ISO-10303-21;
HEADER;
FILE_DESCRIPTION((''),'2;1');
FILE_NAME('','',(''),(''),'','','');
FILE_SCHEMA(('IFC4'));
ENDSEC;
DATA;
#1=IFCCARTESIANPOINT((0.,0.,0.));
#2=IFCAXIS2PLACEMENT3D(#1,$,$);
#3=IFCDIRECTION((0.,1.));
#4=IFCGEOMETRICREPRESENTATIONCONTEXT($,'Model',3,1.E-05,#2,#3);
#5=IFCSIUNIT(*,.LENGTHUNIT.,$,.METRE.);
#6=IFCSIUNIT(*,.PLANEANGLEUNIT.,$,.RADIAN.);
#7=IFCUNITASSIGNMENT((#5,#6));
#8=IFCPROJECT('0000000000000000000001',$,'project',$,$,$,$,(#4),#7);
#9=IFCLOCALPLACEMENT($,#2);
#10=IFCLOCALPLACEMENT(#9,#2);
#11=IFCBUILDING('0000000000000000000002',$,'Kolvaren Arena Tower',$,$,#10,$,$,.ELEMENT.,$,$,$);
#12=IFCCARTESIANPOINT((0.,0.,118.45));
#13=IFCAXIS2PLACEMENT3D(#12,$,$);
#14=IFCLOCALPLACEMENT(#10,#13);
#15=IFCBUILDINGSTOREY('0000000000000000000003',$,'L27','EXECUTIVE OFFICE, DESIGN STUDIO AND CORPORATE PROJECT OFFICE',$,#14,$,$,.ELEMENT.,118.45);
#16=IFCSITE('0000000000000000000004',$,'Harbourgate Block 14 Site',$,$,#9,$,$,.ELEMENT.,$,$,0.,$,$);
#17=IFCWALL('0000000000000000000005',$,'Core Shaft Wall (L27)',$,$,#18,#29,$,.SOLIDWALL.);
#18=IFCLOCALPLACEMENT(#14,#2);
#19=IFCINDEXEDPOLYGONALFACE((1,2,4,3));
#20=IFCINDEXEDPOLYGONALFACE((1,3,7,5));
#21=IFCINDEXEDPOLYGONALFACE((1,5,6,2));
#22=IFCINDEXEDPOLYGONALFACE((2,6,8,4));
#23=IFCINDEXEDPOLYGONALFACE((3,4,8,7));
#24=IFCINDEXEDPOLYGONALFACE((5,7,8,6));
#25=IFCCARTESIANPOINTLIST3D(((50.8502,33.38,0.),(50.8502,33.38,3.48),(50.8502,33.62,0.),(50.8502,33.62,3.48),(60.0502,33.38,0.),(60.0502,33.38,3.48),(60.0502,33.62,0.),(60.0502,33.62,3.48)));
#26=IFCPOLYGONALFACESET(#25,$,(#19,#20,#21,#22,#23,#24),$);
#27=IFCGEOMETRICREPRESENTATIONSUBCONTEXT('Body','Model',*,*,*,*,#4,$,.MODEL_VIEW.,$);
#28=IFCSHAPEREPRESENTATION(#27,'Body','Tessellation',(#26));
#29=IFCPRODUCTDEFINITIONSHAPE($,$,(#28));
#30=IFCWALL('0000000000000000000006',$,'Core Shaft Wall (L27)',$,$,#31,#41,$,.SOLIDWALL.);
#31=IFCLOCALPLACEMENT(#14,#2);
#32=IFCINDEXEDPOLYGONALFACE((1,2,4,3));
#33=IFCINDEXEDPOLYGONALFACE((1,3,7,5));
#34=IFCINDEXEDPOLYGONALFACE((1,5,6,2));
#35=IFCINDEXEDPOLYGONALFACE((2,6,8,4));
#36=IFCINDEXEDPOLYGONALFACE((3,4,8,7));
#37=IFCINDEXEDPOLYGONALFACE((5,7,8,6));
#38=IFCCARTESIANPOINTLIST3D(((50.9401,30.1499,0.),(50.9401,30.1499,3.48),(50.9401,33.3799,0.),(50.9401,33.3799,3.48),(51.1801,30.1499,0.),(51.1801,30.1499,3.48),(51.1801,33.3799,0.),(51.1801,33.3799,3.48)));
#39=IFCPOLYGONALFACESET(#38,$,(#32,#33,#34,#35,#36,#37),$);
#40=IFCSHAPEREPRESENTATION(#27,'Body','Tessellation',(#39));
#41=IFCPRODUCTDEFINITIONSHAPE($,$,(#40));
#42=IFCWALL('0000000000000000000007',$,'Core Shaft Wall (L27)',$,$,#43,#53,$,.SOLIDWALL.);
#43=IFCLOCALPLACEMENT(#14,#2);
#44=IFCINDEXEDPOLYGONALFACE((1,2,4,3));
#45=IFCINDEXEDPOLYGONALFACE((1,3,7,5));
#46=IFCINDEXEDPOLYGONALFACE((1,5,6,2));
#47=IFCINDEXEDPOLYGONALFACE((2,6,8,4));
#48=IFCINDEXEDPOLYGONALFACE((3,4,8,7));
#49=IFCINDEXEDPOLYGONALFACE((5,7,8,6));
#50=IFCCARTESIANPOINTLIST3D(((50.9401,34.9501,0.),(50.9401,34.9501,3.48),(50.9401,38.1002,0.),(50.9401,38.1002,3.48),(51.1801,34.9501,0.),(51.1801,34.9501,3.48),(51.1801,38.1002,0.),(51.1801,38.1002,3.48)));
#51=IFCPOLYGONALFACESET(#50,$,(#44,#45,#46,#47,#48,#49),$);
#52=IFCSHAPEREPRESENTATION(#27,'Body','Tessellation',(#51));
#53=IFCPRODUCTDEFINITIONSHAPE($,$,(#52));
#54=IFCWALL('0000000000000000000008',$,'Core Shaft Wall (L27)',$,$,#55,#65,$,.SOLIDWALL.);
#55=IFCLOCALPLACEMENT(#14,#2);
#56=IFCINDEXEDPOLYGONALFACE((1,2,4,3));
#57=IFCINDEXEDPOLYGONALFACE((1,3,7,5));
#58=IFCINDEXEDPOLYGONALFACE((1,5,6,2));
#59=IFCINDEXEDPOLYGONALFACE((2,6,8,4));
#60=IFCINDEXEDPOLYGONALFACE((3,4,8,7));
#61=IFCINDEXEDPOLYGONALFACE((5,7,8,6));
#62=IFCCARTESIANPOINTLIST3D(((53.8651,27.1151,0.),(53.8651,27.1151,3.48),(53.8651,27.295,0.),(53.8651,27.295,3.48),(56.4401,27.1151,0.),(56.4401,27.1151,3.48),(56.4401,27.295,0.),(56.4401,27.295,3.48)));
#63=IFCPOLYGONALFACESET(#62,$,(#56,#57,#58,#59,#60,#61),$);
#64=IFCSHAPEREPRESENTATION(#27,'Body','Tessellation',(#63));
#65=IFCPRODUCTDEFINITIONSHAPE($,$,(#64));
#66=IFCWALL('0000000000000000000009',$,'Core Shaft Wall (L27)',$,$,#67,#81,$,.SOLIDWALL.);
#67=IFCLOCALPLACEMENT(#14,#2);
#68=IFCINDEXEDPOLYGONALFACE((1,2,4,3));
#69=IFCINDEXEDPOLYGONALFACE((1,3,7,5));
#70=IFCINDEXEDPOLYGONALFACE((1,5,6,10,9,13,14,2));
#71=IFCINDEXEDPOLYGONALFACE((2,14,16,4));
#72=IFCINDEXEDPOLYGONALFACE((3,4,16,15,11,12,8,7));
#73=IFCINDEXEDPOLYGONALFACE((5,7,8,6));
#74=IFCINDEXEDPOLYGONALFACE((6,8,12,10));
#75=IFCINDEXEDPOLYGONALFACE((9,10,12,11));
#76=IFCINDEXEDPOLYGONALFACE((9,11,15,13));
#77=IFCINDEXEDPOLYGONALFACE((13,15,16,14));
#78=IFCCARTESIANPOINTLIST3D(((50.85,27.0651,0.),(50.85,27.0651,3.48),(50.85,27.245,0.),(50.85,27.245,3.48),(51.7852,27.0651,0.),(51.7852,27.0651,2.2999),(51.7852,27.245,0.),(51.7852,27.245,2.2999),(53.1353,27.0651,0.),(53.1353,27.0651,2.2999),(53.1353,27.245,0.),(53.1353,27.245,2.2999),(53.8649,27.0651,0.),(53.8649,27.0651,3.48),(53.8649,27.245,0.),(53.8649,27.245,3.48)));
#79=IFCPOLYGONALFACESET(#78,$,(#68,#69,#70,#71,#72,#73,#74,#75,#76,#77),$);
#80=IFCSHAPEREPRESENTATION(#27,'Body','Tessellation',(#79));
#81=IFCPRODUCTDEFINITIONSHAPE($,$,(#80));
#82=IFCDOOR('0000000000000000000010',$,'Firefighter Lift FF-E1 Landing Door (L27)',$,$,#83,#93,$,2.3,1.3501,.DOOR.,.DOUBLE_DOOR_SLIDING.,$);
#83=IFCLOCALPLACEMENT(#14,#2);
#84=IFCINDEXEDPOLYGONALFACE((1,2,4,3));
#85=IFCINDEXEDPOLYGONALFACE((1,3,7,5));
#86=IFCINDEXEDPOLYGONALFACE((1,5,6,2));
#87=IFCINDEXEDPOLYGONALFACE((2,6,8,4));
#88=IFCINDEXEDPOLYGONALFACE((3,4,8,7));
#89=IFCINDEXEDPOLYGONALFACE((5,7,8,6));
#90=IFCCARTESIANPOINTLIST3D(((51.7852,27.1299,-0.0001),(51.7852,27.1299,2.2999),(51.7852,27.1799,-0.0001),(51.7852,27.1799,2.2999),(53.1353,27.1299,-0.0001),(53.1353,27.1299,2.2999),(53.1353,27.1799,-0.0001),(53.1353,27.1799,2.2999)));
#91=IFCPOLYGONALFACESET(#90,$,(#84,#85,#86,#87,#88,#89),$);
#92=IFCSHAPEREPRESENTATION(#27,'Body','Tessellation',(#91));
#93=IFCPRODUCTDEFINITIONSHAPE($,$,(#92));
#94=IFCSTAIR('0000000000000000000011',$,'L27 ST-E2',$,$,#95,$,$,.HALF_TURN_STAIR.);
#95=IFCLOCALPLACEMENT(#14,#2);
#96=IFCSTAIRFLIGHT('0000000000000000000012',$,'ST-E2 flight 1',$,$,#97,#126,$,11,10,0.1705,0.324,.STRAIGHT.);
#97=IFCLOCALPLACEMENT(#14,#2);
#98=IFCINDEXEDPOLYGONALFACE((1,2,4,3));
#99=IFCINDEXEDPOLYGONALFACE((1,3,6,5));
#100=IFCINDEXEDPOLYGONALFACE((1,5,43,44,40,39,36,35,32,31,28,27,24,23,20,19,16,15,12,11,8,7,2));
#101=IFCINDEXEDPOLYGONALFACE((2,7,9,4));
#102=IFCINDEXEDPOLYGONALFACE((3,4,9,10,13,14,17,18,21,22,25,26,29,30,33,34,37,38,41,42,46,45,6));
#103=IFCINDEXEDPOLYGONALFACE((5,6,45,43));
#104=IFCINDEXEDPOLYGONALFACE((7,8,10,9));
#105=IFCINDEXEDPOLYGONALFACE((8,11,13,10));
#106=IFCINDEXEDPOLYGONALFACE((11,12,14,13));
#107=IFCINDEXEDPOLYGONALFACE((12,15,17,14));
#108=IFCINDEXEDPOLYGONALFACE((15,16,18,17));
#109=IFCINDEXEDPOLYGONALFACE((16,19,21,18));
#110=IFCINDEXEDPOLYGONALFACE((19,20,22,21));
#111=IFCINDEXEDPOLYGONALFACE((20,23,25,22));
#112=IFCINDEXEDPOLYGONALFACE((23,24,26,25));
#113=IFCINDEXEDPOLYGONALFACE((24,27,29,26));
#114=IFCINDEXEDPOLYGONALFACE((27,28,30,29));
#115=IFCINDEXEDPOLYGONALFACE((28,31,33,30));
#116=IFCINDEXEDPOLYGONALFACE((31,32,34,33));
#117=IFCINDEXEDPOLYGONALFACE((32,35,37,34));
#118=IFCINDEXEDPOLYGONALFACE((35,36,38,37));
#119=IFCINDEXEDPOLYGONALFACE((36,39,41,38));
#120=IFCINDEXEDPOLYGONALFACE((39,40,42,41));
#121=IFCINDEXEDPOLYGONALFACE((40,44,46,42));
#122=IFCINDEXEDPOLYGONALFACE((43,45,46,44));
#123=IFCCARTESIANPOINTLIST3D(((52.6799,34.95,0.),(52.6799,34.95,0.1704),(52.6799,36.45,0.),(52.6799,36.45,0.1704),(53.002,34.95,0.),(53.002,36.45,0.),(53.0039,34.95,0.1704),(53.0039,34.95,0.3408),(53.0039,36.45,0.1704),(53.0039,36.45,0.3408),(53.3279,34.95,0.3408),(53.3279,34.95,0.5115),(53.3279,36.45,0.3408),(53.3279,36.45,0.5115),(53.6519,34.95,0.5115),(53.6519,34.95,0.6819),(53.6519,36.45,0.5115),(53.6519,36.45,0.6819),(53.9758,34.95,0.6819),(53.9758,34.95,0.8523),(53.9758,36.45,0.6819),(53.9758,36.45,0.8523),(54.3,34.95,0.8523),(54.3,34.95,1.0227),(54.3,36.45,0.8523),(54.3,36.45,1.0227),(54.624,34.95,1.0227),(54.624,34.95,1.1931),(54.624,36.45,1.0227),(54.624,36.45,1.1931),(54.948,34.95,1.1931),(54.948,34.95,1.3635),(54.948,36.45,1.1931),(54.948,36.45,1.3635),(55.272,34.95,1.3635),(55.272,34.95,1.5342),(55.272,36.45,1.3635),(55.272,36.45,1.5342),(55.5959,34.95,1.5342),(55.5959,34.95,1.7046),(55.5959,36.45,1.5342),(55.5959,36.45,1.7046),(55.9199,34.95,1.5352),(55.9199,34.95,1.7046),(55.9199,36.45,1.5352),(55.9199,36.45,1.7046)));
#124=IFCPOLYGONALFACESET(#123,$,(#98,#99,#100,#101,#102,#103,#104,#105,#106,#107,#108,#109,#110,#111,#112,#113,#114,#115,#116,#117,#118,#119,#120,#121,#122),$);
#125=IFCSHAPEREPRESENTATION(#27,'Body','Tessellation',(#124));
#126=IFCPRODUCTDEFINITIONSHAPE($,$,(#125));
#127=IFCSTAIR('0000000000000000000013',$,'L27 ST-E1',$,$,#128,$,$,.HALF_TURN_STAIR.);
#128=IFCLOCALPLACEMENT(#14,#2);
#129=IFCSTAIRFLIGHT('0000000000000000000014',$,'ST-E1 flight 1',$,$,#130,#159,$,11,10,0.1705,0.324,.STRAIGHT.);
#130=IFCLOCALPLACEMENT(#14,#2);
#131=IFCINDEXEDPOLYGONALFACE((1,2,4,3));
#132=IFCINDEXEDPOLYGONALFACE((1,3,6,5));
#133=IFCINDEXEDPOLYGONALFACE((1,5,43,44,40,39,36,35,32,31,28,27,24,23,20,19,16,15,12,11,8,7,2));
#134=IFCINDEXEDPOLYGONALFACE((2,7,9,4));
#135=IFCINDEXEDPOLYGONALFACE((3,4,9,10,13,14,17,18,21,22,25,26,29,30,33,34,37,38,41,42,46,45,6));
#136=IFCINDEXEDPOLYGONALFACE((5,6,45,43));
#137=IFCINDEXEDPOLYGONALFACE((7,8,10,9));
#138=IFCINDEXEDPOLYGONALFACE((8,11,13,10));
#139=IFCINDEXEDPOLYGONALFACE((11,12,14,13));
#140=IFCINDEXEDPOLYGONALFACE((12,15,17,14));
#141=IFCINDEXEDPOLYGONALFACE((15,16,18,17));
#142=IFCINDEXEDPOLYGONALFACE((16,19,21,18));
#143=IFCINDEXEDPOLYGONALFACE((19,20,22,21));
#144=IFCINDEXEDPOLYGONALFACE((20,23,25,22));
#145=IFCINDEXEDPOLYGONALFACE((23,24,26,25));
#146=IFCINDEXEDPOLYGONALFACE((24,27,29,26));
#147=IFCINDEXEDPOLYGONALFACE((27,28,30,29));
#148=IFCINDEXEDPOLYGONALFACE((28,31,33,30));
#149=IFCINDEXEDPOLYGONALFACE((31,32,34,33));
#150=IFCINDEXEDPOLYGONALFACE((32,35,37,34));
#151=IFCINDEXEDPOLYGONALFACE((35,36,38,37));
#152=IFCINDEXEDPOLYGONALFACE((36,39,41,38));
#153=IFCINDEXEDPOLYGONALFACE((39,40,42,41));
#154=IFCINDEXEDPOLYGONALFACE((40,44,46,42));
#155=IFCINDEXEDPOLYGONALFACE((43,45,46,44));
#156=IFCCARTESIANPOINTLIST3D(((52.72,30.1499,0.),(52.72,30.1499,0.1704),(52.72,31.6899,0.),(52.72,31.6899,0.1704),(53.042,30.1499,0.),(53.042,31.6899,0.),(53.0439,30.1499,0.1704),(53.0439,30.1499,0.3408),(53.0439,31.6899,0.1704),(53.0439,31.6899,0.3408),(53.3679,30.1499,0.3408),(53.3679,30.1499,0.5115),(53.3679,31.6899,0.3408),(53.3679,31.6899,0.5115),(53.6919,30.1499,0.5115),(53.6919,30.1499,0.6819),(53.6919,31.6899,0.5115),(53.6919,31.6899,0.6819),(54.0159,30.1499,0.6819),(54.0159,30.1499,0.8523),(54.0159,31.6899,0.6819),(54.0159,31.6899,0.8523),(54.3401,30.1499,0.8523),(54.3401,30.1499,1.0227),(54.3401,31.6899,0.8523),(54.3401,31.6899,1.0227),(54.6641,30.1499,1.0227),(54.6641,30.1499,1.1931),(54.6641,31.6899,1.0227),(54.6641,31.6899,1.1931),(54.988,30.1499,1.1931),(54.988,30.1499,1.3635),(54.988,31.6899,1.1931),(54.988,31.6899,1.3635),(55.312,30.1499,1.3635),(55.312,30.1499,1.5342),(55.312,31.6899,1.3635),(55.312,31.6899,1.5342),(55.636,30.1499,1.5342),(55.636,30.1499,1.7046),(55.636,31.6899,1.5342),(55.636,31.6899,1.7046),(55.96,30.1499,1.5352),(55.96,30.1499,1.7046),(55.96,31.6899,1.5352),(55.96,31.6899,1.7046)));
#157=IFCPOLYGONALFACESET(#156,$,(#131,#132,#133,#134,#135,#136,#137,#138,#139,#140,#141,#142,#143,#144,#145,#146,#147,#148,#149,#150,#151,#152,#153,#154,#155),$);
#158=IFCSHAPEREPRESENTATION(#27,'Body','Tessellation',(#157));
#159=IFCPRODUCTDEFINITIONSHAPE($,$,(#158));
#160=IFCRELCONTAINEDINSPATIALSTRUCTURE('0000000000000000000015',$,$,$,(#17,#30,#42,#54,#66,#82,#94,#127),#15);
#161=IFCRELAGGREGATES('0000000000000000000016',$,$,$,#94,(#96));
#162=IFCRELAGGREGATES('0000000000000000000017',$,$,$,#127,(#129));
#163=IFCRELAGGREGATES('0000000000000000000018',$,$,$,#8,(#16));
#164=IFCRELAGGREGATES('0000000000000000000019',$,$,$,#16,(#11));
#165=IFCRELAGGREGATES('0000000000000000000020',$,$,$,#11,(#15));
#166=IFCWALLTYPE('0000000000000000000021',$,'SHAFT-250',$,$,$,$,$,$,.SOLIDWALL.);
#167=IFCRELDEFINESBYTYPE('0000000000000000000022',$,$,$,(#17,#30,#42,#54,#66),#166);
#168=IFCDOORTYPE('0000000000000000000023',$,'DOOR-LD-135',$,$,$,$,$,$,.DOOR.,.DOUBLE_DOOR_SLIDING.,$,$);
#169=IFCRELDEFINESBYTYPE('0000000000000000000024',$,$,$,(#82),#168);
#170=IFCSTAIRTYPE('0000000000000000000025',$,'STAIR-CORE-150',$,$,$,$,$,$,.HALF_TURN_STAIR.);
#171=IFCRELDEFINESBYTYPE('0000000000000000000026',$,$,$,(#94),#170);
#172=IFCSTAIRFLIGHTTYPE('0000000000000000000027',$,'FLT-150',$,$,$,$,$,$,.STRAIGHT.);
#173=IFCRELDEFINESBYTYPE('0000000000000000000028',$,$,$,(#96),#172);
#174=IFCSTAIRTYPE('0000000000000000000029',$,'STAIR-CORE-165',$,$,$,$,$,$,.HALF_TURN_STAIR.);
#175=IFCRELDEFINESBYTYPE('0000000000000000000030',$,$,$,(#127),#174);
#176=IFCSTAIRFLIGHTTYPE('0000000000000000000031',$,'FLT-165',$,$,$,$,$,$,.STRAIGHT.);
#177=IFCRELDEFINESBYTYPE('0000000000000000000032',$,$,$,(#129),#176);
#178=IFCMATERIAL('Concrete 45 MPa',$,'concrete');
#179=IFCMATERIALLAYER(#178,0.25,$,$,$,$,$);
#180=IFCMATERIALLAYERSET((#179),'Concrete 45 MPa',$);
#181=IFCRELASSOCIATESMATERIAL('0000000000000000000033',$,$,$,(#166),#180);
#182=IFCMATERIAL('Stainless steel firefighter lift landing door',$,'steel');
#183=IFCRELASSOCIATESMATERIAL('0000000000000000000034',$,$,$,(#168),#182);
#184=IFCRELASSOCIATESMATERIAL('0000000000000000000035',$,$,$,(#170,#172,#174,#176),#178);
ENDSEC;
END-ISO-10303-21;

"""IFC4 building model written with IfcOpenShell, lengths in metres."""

from ifc_helpers import new_model, si_unit, direction, frame, frame_2d, origin, place, context, subcontext, project, spatial, polyline, rectangle, outline, extrude, material, layer, layer_set, type_object, element, fill, aggregate, save


model = new_model("IFC4")

# Units and contexts
model_context = context("Model", 3, precision=1e-05, world=origin(), true_north=direction((0.0, 1.0)))
body_context = subcontext(model_context, "Body", "Model", "MODEL_VIEW")
ifc_project = project(units=[si_unit("LENGTHUNIT", "METRE"), si_unit("PLANEANGLEUNIT", "RADIAN")], contexts=[model_context])

# Site, building, storey
site_placement = place(None, origin())
site = spatial("IfcSite", under=ifc_project, at=site_placement, Name="Harbourgate Block 14 Site", CompositionType="ELEMENT", RefElevation=0.0)
building_placement = place(site_placement, origin())
building = spatial("IfcBuilding", under=site, at=building_placement, Name="Kolvaren Arena Tower", CompositionType="ELEMENT")
storey_placement = place(building_placement, frame((0.0, 0.0, 118.45)))
storey = spatial("IfcBuildingStorey", under=building, at=storey_placement, Name="L27", Description="EXECUTIVE OFFICE, DESIGN STUDIO AND CORPORATE PROJECT OFFICE", CompositionType="ELEMENT", Elevation=118.45)

# Walls
ifc_material_1 = material(Name="Concrete 45 MPa", Category="concrete")
ifc_layer_1 = layer(ifc_material_1, 0.25)
ifc_layer_set_1 = layer_set([ifc_layer_1], Name="Concrete 45 MPa")
wall_type_1 = type_object("IfcWallType", Name="SHAFT-250", PredefinedType="SOLIDWALL", material=ifc_layer_set_1)
wall_1_placement = place(storey_placement, frame((50.8501, 33.5, 0.0), z_axis=(0.0, 0.0, 1.0), x_axis=(1.0, 0.0, 0.0)))
element("IfcWall", 1, at=wall_1_placement, inside=storey, type_object=wall_type_1, Name="Core Shaft Wall (L27)", PredefinedType="SOLIDWALL", context=body_context, shape_type="SweptSolid", body=[
    extrude(rectangle(XDim=9.2, YDim=0.24, at=frame_2d((4.6001, 0.0))), origin(), (0.0, 0.0, 1.0), 3.48),
])
wall_2_placement = place(storey_placement, frame((51.0601, 30.1499, 0.0), z_axis=(0.0, 0.0, 1.0), x_axis=(0.0, 1.0, 0.0)))
element("IfcWall", 2, at=wall_2_placement, inside=storey, type_object=wall_type_1, Name="Core Shaft Wall (L27)", PredefinedType="SOLIDWALL", context=body_context, shape_type="SweptSolid", body=[
    extrude(rectangle(XDim=3.23, YDim=0.24, at=frame_2d((1.615, 0.0))), origin(), (0.0, 0.0, 1.0), 3.48),
])
wall_3_placement = place(storey_placement, frame((51.0601, 34.95, 0.0), z_axis=(0.0, 0.0, 1.0), x_axis=(0.0, 1.0, 0.0)))
element("IfcWall", 3, at=wall_3_placement, inside=storey, type_object=wall_type_1, Name="Core Shaft Wall (L27)", PredefinedType="SOLIDWALL", context=body_context, shape_type="SweptSolid", body=[
    extrude(rectangle(XDim=3.1501, YDim=0.24, at=frame_2d((1.5752, 0.0))), origin(), (0.0, 0.0, 1.0), 3.48),
])
wall_4_placement = place(storey_placement, frame((53.865, 27.2051, 0.0), z_axis=(0.0, 0.0, 1.0), x_axis=(1.0, 0.0, 0.0)))
element("IfcWall", 4, at=wall_4_placement, inside=storey, type_object=wall_type_1, Name="Core Shaft Wall (L27)", PredefinedType="SOLIDWALL", context=body_context, shape_type="SweptSolid", body=[
    extrude(rectangle(XDim=2.575, YDim=0.1799, at=frame_2d((1.2876, 0.0))), origin(), (0.0, 0.0, 1.0), 3.48),
])

# Wall, opening, door
wall_5_placement = place(storey_placement, frame((50.8501, 27.155, 0.0), z_axis=(0.0, 0.0, 1.0), x_axis=(1.0, 0.0, 0.0)))
wall_5 = element("IfcWall", 5, at=wall_5_placement, inside=storey, type_object=wall_type_1, Name="Core Shaft Wall (L27)", PredefinedType="SOLIDWALL", context=body_context, shape_type="SweptSolid", body=[
    extrude(rectangle(XDim=3.0149, YDim=0.1799, at=frame_2d((1.5073, 0.0))), origin(), (0.0, 0.0, 1.0), 3.48),
])
opening_placement = place(wall_5_placement, frame((0.9351, 0.0, 0.0)))
opening = element("IfcOpeningElement", 6, at=opening_placement, cuts=wall_5, PredefinedType="OPENING", context=body_context, shape_type="SweptSolid", body=[
    extrude(rectangle(XDim=1.3501, YDim=2.3, at=frame_2d((0.675, 1.1499))), frame((0.0, 0.0999, 0.0), z_axis=(0.0, -1.0, 0.0), x_axis=(1.0, 0.0, 0.0)), (0.0, 0.0, 1.0), 0.2),
])
ifc_material_2 = material(Name="Stainless steel firefighter lift landing door", Category="steel")
door_type = type_object("IfcDoorType", Name="DOOR-LD-135", OperationType="DOUBLE_DOOR_SLIDING", PredefinedType="DOOR", material=ifc_material_2)
door_placement = place(opening_placement, origin())
door = element("IfcDoor", 7, at=door_placement, inside=storey, type_object=door_type, Name="Firefighter Lift FF-E1 Landing Door (L27)", OperationType="DOUBLE_DOOR_SLIDING", OverallHeight=2.3, OverallWidth=1.3501, PredefinedType="DOOR", context=body_context, shape_type="SweptSolid", body=[
    extrude(rectangle(XDim=1.3501, YDim=2.3, at=frame_2d((0.675, 1.1499))), frame((0.0, 0.0249, 0.0), z_axis=(0.0, -1.0, 0.0), x_axis=(1.0, 0.0, 0.0)), (0.0, 0.0, 1.0), 0.05),
])
fill(opening, door)

# Stairs, stair flights
stair_type_1 = type_object("IfcStairType", Name="STAIR-CORE-150", PredefinedType="HALF_TURN_STAIR", material=ifc_material_1)
stair_1_placement = place(storey_placement, origin())
stair_1 = element("IfcStair", 8, at=stair_1_placement, inside=storey, type_object=stair_type_1, Name="L27 ST-E2", PredefinedType="HALF_TURN_STAIR")
stair_flight_type_1 = type_object("IfcStairFlightType", Name="FLT-150", PredefinedType="STRAIGHT", material=ifc_material_1)
stair_flight_1_placement = place(storey_placement, frame((52.6799, 35.7, 0.0), z_axis=(0.0, 0.0, 1.0), x_axis=(1.0, 0.0, 0.0)))
stair_flight_1 = element("IfcStairFlight", 9, at=stair_flight_1_placement, type_object=stair_flight_type_1, Name="ST-E2 flight 1", NumberOfRisers=11, NumberOfTreads=10, PredefinedType="STRAIGHT", RiserHeight=0.1705, TreadLength=0.324, context=body_context, shape_type="SweptSolid", body=[
    extrude(outline(polyline([(0.0, 0.0), (0.0, 0.1704), (0.324, 0.1704), (0.324, 0.3408), (0.6479, 0.3408), (0.6479, 0.5115), (0.9719, 0.5115), (0.9719, 0.6819), (1.2959, 0.6819), (1.2959, 0.8523), (1.6201, 0.8523), (1.6201, 1.0227), (1.9441, 1.0227), (1.9441, 1.1931), (2.2681, 1.1931), (2.2681, 1.3635), (2.592, 1.3635), (2.592, 1.5342), (2.916, 1.5342), (2.916, 1.7046), (3.24, 1.7046), (3.24, 1.875), (3.24, 1.5352), (0.322, 0.0), (0.0, 0.0)])), frame((0.0, 0.75, 0.0), z_axis=(0.0, -1.0, 0.0), x_axis=(1.0, 0.0, 0.0)), (0.0, 0.0, 1.0), 1.5),
])
aggregate(stair_1, [stair_flight_1])
stair_type_2 = type_object("IfcStairType", Name="STAIR-CORE-165", PredefinedType="HALF_TURN_STAIR", material=ifc_material_1)
stair_2_placement = place(storey_placement, origin())
stair_2 = element("IfcStair", 10, at=stair_2_placement, inside=storey, type_object=stair_type_2, Name="L27 ST-E1", PredefinedType="HALF_TURN_STAIR")
stair_flight_type_2 = type_object("IfcStairFlightType", Name="FLT-165", PredefinedType="STRAIGHT", material=ifc_material_1)
stair_flight_2_placement = place(storey_placement, frame((52.72, 30.9199, 0.0), z_axis=(0.0, 0.0, 1.0), x_axis=(1.0, 0.0, 0.0)))
stair_flight_2 = element("IfcStairFlight", 11, at=stair_flight_2_placement, type_object=stair_flight_type_2, Name="ST-E1 flight 1", NumberOfRisers=11, NumberOfTreads=10, PredefinedType="STRAIGHT", RiserHeight=0.1705, TreadLength=0.324, context=body_context, shape_type="SweptSolid", body=[
    extrude(outline(polyline([(0.0, 0.0), (0.0, 0.1704), (0.324, 0.1704), (0.324, 0.3408), (0.6479, 0.3408), (0.6479, 0.5115), (0.9719, 0.5115), (0.9719, 0.6819), (1.2959, 0.6819), (1.2959, 0.8523), (1.6201, 0.8523), (1.6201, 1.0227), (1.9441, 1.0227), (1.9441, 1.1931), (2.2681, 1.1931), (2.2681, 1.3635), (2.592, 1.3635), (2.592, 1.5342), (2.916, 1.5342), (2.916, 1.7046), (3.24, 1.7046), (3.24, 1.875), (3.24, 1.5352), (0.322, 0.0), (0.0, 0.0)])), frame((0.0, 0.77, 0.0), z_axis=(0.0, -1.0, 0.0), x_axis=(1.0, 0.0, 0.0)), (0.0, 0.0, 1.0), 1.54),
])
aggregate(stair_2, [stair_flight_2])

save(model, "model.ifc")
